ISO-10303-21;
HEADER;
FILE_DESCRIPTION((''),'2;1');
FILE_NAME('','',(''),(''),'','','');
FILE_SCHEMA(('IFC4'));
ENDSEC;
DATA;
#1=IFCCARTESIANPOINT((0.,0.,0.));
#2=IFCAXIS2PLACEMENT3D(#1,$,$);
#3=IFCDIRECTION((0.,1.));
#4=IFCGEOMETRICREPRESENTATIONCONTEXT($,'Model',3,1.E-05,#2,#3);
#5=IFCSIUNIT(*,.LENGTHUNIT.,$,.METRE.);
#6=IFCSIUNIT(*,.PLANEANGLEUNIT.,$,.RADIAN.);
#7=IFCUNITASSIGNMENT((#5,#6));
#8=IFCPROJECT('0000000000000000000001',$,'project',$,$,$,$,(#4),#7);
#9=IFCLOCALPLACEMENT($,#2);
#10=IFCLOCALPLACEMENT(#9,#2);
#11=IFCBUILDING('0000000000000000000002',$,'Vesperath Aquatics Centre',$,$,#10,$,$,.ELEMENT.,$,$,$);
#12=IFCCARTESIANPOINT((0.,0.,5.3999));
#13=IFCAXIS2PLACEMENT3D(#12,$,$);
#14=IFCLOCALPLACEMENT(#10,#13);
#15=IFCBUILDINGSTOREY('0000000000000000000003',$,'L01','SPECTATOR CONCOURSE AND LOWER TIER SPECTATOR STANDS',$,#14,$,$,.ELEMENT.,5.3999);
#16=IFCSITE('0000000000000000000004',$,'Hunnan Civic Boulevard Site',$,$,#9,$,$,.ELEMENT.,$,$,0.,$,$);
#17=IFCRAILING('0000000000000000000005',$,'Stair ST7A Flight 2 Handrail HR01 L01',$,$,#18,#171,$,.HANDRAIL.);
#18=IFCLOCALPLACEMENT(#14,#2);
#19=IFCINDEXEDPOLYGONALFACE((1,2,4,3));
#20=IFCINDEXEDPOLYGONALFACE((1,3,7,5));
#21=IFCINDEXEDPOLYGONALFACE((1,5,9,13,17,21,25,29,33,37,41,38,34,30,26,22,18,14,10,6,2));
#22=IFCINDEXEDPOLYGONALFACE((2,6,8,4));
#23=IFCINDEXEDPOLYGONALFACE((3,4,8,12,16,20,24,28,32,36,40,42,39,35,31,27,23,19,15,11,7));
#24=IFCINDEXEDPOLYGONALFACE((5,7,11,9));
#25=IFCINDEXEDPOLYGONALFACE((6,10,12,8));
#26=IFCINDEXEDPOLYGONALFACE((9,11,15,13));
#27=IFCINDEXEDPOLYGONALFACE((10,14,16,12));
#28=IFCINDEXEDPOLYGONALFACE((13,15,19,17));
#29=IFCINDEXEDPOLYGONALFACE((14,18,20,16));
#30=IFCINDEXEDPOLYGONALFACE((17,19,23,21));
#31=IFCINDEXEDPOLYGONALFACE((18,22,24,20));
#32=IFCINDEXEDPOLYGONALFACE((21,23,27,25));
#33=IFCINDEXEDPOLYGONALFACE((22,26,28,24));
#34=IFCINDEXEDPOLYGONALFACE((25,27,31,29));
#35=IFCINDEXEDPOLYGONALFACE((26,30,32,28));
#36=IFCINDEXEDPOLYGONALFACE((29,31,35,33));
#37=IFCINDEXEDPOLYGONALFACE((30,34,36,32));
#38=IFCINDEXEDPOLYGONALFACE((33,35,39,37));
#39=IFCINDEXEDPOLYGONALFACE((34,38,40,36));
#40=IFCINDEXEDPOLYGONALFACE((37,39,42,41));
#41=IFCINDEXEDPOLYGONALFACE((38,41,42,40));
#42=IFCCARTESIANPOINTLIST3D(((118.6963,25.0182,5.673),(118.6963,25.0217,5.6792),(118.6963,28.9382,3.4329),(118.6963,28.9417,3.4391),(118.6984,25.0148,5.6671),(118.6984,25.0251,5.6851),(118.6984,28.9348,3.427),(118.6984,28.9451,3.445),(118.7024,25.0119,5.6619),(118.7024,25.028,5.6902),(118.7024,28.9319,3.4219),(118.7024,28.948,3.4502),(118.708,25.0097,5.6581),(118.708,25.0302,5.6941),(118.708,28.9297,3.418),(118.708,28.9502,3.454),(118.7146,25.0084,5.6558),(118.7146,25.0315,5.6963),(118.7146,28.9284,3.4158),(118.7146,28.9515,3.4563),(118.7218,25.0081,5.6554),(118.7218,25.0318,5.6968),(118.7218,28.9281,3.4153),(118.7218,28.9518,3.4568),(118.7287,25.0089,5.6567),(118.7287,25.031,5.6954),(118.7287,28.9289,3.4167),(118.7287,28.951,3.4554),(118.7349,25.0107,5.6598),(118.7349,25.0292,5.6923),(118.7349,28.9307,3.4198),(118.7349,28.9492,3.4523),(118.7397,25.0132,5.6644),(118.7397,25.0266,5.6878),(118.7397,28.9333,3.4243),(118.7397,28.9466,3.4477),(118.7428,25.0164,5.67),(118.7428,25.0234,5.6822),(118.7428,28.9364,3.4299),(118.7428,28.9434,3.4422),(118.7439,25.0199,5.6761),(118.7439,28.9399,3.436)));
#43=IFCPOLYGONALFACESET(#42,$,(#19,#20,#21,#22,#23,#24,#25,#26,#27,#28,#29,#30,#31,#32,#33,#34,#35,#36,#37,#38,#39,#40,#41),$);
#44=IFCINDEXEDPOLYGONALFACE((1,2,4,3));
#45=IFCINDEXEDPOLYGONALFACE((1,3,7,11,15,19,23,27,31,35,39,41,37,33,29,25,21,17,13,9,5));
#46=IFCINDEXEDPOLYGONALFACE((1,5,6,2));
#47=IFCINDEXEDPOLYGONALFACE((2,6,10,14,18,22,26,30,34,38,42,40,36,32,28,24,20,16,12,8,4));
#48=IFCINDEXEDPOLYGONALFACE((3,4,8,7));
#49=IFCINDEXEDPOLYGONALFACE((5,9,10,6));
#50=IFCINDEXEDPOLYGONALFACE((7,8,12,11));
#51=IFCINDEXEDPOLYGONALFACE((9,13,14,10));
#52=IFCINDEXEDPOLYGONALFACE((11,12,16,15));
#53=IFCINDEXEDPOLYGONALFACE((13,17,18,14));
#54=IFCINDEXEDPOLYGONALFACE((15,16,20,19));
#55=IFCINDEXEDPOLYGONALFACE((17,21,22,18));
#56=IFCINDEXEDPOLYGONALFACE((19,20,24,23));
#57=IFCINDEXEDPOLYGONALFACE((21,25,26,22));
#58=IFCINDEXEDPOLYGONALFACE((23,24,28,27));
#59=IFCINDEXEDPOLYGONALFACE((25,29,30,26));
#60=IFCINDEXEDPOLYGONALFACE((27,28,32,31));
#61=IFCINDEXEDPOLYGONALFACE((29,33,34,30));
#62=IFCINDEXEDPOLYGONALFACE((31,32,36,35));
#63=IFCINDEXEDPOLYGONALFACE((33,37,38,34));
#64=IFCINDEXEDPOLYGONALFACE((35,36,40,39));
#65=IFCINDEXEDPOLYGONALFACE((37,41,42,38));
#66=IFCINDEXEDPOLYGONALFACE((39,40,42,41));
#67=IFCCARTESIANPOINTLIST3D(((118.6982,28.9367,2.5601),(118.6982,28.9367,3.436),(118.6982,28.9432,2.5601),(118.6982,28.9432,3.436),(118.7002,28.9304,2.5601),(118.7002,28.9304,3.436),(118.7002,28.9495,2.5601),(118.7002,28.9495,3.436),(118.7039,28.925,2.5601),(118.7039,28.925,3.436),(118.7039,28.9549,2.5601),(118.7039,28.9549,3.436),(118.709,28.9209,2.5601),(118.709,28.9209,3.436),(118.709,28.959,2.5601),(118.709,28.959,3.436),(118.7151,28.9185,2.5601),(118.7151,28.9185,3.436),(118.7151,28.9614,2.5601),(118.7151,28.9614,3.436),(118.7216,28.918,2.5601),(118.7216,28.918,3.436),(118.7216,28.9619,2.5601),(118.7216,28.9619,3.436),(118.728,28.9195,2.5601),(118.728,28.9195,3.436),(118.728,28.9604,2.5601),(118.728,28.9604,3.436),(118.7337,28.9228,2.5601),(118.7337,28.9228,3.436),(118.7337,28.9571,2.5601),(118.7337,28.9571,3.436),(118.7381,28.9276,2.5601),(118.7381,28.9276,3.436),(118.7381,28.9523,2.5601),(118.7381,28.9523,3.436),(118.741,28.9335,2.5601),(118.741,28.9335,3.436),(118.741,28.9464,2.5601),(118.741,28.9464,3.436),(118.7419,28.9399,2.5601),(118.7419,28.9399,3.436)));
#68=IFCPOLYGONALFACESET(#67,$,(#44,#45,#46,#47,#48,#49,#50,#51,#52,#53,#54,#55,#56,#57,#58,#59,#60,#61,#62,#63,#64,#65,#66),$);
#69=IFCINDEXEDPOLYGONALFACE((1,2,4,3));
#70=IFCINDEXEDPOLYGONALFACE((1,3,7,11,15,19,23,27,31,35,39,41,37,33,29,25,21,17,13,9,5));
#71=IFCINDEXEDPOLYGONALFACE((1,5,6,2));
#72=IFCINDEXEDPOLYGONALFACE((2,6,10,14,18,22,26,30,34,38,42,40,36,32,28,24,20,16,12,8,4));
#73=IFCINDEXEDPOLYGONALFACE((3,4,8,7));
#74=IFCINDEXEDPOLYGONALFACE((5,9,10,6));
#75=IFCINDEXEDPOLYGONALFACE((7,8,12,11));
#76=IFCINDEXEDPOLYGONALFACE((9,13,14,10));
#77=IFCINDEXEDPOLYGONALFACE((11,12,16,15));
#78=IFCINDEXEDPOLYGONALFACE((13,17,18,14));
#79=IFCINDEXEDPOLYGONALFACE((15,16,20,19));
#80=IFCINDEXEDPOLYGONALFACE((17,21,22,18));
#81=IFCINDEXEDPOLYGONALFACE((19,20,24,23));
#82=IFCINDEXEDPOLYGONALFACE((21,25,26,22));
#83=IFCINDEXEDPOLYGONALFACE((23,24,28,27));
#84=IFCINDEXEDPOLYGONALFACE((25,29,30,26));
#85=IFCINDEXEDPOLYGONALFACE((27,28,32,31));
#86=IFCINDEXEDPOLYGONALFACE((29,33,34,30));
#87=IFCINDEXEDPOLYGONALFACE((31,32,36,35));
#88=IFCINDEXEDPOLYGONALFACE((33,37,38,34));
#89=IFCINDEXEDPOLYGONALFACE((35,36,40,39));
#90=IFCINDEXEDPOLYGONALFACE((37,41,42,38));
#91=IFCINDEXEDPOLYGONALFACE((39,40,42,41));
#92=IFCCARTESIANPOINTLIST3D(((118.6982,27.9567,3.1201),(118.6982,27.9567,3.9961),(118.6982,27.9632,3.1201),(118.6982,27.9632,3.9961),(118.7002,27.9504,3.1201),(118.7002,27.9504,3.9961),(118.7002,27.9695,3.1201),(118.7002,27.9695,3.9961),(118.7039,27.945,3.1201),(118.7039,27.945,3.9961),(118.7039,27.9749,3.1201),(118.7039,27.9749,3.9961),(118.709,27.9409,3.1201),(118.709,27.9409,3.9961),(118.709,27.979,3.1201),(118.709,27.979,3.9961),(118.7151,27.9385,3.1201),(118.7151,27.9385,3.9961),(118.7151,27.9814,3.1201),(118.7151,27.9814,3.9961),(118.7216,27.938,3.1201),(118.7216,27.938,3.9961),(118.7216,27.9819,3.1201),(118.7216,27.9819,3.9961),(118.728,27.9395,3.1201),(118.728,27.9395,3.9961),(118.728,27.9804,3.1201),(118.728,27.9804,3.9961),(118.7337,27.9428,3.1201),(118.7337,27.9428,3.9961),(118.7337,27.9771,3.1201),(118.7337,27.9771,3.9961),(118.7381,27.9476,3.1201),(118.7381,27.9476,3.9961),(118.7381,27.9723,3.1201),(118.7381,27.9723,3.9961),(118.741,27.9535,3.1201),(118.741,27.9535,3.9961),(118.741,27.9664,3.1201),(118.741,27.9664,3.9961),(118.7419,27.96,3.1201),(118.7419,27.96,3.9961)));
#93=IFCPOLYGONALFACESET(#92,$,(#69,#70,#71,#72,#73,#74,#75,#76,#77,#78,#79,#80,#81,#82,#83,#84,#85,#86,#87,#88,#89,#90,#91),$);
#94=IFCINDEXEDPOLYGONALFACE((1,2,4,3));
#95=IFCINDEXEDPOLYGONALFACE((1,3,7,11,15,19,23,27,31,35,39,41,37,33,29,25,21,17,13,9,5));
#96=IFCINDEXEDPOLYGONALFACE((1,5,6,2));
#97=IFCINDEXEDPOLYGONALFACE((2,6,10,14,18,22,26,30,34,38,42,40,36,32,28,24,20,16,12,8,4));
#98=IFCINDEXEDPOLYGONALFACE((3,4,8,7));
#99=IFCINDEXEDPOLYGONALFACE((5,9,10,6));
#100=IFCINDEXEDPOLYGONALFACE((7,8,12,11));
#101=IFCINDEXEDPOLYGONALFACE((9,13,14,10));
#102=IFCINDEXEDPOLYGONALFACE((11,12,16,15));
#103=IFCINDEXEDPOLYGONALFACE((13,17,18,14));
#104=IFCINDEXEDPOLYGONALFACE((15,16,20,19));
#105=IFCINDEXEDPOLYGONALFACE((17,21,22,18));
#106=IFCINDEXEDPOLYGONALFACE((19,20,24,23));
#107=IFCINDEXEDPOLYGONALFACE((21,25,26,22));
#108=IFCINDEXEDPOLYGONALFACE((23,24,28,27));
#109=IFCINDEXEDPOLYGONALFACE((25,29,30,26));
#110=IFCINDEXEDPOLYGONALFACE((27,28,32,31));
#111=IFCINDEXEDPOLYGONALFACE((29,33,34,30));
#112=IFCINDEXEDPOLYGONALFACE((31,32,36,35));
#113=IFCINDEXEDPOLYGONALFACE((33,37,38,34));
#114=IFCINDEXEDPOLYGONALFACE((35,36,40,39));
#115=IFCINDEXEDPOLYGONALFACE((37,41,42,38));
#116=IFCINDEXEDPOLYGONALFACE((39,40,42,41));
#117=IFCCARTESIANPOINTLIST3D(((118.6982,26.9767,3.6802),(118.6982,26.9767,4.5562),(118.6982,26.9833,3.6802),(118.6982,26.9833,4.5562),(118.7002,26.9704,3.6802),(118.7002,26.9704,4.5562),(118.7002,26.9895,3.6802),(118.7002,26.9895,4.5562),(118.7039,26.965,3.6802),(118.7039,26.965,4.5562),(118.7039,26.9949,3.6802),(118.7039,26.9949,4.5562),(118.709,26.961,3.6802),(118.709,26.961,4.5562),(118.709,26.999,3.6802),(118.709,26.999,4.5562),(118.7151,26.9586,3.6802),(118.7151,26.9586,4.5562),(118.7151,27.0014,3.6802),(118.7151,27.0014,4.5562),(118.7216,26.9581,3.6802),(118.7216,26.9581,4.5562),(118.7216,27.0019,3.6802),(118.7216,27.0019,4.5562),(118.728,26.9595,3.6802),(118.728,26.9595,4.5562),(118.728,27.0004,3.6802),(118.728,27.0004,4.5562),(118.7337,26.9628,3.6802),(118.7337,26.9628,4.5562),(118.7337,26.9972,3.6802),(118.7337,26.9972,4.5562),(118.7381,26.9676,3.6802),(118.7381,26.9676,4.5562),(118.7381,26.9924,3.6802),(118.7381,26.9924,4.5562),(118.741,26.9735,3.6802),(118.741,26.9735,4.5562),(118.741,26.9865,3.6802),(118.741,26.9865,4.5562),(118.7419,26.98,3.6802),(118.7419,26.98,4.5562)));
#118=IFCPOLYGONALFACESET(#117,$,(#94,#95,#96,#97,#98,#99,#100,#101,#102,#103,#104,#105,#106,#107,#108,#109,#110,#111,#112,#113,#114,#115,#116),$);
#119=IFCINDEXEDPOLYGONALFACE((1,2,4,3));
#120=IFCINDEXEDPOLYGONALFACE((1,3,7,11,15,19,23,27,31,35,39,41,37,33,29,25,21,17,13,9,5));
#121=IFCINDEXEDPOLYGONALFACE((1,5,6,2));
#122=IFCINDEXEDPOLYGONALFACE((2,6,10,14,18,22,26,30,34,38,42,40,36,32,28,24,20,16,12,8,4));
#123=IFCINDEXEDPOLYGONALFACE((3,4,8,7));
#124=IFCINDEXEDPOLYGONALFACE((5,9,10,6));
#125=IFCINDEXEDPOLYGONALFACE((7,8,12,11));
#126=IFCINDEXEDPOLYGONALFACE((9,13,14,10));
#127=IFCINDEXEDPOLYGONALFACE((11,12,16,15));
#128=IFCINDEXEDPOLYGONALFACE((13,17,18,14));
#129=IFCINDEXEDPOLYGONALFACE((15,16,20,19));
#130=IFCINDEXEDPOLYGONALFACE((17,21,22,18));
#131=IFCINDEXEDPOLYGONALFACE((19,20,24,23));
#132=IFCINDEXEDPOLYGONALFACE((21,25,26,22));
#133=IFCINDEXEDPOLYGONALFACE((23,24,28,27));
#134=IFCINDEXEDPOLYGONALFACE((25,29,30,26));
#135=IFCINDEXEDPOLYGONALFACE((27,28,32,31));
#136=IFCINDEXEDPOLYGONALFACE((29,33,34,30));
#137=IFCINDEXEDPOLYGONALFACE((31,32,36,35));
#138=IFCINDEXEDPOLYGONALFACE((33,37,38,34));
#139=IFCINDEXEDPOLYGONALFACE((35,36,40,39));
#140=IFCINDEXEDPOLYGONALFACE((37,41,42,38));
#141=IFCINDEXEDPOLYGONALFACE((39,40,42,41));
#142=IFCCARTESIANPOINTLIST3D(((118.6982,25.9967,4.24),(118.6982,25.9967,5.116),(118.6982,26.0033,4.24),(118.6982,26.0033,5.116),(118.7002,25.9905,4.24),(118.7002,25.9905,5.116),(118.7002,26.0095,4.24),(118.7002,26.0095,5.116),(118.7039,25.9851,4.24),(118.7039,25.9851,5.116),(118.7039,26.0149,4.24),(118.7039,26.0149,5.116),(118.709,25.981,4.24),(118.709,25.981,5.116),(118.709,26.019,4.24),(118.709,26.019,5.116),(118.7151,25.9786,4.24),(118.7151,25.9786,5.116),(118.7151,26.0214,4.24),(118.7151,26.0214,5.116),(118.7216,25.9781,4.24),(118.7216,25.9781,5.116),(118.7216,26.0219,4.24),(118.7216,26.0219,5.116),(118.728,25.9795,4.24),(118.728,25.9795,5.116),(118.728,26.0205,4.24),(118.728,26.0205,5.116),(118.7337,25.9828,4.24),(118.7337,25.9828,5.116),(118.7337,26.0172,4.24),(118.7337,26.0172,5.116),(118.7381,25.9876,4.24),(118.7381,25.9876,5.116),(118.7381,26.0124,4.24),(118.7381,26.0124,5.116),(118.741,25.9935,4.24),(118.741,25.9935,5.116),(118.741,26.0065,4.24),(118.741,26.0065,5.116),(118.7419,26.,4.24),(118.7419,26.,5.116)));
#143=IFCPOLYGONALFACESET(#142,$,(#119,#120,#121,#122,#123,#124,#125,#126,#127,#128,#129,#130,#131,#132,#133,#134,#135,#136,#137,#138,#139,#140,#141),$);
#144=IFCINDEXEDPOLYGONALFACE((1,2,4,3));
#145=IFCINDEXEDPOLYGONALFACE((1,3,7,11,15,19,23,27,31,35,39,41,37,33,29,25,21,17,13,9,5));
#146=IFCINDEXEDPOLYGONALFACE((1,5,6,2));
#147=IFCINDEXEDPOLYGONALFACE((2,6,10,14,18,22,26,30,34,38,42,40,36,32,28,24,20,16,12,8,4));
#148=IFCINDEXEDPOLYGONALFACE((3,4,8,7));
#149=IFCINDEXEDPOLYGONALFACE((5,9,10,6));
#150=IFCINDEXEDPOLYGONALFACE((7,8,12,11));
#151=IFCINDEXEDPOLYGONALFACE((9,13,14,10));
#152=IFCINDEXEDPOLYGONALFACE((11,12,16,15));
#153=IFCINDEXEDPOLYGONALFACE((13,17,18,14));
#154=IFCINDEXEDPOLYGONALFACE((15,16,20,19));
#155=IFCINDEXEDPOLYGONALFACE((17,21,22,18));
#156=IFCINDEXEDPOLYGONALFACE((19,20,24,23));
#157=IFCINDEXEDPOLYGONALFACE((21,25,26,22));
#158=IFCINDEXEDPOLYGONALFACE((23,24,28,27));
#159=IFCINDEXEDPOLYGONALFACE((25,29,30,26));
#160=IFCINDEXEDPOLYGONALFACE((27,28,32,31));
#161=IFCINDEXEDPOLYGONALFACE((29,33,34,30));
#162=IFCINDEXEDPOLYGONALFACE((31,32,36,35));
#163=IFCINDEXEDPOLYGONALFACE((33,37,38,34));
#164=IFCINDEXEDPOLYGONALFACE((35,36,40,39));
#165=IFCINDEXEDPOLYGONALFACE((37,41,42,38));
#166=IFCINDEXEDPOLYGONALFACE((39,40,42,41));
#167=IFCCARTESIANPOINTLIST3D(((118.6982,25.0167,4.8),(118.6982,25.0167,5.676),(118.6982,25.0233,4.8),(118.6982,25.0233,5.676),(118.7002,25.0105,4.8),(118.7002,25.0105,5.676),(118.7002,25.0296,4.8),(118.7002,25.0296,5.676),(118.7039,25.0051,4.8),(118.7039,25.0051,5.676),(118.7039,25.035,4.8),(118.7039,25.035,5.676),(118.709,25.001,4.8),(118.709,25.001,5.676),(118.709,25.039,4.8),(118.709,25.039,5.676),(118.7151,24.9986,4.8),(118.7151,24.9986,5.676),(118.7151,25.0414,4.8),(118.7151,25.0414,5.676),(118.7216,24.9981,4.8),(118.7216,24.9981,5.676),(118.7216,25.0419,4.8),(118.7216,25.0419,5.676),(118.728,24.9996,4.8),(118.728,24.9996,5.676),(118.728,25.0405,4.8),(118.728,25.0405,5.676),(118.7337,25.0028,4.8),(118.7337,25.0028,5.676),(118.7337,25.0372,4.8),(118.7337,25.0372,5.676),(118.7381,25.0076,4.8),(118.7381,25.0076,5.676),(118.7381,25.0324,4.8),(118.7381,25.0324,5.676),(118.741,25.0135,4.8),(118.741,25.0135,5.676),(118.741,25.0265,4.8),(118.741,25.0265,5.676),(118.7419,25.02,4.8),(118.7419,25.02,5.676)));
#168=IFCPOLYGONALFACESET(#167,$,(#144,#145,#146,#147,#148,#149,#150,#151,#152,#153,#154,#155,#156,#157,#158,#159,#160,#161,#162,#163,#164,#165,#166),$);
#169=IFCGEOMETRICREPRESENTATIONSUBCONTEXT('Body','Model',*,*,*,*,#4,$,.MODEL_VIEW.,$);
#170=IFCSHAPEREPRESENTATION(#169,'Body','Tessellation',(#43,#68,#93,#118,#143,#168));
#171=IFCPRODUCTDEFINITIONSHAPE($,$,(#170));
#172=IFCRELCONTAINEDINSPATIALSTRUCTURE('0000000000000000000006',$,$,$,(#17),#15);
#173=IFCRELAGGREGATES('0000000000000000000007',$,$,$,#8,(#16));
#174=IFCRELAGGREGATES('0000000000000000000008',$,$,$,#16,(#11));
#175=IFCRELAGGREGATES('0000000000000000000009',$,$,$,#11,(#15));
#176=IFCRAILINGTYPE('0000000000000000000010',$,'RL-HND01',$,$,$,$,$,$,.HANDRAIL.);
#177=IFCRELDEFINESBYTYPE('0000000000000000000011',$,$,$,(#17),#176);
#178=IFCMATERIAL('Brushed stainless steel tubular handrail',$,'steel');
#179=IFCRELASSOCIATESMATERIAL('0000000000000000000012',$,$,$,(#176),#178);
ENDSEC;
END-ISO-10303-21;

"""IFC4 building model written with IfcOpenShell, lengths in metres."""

from ifc_helpers import new_model, si_unit, direction, frame, origin, origin_2d, place, context, subcontext, project, spatial, circle, extrude, material, type_object, element, save


model = new_model("IFC4")

# Units and contexts
model_context = context("Model", 3, precision=1e-05, world=origin(), true_north=direction((0.0, 1.0)))
body_context = subcontext(model_context, "Body", "Model", "MODEL_VIEW")
ifc_project = project(units=[si_unit("LENGTHUNIT", "METRE"), si_unit("PLANEANGLEUNIT", "RADIAN")], contexts=[model_context])

# Site, building, storey
site_placement = place(None, origin())
site = spatial("IfcSite", under=ifc_project, at=site_placement, Name="Hunnan Civic Boulevard Site", CompositionType="ELEMENT", RefElevation=0.0)
building_placement = place(site_placement, origin())
building = spatial("IfcBuilding", under=site, at=building_placement, Name="Vesperath Aquatics Centre", CompositionType="ELEMENT")
storey_placement = place(building_placement, frame((0.0, 0.0, 5.3999)))
storey = spatial("IfcBuildingStorey", under=building, at=storey_placement, Name="L01", Description="SPECTATOR CONCOURSE AND LOWER TIER SPECTATOR STANDS", CompositionType="ELEMENT", Elevation=5.3999)

# Railing
ifc_material_1 = material(Name="Brushed stainless steel tubular handrail", Category="steel")
railing_type_1 = type_object("IfcRailingType", Name="RL-HND01", PredefinedType="HANDRAIL", material=ifc_material_1)
for number, where, name in (
    (1, (118.72, 28.9399, 2.5601), "Stair ST7A Flight 2 Handrail HR01 L01"),
):
    element("IfcRailing", number, at=place(storey_placement, frame(where)), inside=storey, type_object=railing_type_1, Name=name, PredefinedType="HANDRAIL", context=body_context, shape_type="SweptSolid", body=[
        extrude(circle(Radius=0.0239, at=origin_2d()), frame((0.0, 0.0, 0.876), z_axis=(0.0, -0.86824, 0.496145), x_axis=(1.0, 0.0, 0.0)), (0.0, 0.0, 1.0), 4.5149),
        extrude(circle(Radius=0.022, at=origin_2d()), origin(), (0.0, 0.0, 1.0), 0.876),
        extrude(circle(Radius=0.022, at=origin_2d()), frame((0.0, -0.98, 0.5601)), (0.0, 0.0, 1.0), 0.876),
        extrude(circle(Radius=0.022, at=origin_2d()), frame((0.0, -1.96, 1.1201)), (0.0, 0.0, 1.0), 0.876),
        extrude(circle(Radius=0.022, at=origin_2d()), frame((0.0, -2.9399, 1.6799)), (0.0, 0.0, 1.0), 0.876),
        extrude(circle(Radius=0.022, at=origin_2d()), frame((0.0, -3.9199, 2.24)), (0.0, 0.0, 1.0), 0.876),
    ])

save(model, "model.ifc")
